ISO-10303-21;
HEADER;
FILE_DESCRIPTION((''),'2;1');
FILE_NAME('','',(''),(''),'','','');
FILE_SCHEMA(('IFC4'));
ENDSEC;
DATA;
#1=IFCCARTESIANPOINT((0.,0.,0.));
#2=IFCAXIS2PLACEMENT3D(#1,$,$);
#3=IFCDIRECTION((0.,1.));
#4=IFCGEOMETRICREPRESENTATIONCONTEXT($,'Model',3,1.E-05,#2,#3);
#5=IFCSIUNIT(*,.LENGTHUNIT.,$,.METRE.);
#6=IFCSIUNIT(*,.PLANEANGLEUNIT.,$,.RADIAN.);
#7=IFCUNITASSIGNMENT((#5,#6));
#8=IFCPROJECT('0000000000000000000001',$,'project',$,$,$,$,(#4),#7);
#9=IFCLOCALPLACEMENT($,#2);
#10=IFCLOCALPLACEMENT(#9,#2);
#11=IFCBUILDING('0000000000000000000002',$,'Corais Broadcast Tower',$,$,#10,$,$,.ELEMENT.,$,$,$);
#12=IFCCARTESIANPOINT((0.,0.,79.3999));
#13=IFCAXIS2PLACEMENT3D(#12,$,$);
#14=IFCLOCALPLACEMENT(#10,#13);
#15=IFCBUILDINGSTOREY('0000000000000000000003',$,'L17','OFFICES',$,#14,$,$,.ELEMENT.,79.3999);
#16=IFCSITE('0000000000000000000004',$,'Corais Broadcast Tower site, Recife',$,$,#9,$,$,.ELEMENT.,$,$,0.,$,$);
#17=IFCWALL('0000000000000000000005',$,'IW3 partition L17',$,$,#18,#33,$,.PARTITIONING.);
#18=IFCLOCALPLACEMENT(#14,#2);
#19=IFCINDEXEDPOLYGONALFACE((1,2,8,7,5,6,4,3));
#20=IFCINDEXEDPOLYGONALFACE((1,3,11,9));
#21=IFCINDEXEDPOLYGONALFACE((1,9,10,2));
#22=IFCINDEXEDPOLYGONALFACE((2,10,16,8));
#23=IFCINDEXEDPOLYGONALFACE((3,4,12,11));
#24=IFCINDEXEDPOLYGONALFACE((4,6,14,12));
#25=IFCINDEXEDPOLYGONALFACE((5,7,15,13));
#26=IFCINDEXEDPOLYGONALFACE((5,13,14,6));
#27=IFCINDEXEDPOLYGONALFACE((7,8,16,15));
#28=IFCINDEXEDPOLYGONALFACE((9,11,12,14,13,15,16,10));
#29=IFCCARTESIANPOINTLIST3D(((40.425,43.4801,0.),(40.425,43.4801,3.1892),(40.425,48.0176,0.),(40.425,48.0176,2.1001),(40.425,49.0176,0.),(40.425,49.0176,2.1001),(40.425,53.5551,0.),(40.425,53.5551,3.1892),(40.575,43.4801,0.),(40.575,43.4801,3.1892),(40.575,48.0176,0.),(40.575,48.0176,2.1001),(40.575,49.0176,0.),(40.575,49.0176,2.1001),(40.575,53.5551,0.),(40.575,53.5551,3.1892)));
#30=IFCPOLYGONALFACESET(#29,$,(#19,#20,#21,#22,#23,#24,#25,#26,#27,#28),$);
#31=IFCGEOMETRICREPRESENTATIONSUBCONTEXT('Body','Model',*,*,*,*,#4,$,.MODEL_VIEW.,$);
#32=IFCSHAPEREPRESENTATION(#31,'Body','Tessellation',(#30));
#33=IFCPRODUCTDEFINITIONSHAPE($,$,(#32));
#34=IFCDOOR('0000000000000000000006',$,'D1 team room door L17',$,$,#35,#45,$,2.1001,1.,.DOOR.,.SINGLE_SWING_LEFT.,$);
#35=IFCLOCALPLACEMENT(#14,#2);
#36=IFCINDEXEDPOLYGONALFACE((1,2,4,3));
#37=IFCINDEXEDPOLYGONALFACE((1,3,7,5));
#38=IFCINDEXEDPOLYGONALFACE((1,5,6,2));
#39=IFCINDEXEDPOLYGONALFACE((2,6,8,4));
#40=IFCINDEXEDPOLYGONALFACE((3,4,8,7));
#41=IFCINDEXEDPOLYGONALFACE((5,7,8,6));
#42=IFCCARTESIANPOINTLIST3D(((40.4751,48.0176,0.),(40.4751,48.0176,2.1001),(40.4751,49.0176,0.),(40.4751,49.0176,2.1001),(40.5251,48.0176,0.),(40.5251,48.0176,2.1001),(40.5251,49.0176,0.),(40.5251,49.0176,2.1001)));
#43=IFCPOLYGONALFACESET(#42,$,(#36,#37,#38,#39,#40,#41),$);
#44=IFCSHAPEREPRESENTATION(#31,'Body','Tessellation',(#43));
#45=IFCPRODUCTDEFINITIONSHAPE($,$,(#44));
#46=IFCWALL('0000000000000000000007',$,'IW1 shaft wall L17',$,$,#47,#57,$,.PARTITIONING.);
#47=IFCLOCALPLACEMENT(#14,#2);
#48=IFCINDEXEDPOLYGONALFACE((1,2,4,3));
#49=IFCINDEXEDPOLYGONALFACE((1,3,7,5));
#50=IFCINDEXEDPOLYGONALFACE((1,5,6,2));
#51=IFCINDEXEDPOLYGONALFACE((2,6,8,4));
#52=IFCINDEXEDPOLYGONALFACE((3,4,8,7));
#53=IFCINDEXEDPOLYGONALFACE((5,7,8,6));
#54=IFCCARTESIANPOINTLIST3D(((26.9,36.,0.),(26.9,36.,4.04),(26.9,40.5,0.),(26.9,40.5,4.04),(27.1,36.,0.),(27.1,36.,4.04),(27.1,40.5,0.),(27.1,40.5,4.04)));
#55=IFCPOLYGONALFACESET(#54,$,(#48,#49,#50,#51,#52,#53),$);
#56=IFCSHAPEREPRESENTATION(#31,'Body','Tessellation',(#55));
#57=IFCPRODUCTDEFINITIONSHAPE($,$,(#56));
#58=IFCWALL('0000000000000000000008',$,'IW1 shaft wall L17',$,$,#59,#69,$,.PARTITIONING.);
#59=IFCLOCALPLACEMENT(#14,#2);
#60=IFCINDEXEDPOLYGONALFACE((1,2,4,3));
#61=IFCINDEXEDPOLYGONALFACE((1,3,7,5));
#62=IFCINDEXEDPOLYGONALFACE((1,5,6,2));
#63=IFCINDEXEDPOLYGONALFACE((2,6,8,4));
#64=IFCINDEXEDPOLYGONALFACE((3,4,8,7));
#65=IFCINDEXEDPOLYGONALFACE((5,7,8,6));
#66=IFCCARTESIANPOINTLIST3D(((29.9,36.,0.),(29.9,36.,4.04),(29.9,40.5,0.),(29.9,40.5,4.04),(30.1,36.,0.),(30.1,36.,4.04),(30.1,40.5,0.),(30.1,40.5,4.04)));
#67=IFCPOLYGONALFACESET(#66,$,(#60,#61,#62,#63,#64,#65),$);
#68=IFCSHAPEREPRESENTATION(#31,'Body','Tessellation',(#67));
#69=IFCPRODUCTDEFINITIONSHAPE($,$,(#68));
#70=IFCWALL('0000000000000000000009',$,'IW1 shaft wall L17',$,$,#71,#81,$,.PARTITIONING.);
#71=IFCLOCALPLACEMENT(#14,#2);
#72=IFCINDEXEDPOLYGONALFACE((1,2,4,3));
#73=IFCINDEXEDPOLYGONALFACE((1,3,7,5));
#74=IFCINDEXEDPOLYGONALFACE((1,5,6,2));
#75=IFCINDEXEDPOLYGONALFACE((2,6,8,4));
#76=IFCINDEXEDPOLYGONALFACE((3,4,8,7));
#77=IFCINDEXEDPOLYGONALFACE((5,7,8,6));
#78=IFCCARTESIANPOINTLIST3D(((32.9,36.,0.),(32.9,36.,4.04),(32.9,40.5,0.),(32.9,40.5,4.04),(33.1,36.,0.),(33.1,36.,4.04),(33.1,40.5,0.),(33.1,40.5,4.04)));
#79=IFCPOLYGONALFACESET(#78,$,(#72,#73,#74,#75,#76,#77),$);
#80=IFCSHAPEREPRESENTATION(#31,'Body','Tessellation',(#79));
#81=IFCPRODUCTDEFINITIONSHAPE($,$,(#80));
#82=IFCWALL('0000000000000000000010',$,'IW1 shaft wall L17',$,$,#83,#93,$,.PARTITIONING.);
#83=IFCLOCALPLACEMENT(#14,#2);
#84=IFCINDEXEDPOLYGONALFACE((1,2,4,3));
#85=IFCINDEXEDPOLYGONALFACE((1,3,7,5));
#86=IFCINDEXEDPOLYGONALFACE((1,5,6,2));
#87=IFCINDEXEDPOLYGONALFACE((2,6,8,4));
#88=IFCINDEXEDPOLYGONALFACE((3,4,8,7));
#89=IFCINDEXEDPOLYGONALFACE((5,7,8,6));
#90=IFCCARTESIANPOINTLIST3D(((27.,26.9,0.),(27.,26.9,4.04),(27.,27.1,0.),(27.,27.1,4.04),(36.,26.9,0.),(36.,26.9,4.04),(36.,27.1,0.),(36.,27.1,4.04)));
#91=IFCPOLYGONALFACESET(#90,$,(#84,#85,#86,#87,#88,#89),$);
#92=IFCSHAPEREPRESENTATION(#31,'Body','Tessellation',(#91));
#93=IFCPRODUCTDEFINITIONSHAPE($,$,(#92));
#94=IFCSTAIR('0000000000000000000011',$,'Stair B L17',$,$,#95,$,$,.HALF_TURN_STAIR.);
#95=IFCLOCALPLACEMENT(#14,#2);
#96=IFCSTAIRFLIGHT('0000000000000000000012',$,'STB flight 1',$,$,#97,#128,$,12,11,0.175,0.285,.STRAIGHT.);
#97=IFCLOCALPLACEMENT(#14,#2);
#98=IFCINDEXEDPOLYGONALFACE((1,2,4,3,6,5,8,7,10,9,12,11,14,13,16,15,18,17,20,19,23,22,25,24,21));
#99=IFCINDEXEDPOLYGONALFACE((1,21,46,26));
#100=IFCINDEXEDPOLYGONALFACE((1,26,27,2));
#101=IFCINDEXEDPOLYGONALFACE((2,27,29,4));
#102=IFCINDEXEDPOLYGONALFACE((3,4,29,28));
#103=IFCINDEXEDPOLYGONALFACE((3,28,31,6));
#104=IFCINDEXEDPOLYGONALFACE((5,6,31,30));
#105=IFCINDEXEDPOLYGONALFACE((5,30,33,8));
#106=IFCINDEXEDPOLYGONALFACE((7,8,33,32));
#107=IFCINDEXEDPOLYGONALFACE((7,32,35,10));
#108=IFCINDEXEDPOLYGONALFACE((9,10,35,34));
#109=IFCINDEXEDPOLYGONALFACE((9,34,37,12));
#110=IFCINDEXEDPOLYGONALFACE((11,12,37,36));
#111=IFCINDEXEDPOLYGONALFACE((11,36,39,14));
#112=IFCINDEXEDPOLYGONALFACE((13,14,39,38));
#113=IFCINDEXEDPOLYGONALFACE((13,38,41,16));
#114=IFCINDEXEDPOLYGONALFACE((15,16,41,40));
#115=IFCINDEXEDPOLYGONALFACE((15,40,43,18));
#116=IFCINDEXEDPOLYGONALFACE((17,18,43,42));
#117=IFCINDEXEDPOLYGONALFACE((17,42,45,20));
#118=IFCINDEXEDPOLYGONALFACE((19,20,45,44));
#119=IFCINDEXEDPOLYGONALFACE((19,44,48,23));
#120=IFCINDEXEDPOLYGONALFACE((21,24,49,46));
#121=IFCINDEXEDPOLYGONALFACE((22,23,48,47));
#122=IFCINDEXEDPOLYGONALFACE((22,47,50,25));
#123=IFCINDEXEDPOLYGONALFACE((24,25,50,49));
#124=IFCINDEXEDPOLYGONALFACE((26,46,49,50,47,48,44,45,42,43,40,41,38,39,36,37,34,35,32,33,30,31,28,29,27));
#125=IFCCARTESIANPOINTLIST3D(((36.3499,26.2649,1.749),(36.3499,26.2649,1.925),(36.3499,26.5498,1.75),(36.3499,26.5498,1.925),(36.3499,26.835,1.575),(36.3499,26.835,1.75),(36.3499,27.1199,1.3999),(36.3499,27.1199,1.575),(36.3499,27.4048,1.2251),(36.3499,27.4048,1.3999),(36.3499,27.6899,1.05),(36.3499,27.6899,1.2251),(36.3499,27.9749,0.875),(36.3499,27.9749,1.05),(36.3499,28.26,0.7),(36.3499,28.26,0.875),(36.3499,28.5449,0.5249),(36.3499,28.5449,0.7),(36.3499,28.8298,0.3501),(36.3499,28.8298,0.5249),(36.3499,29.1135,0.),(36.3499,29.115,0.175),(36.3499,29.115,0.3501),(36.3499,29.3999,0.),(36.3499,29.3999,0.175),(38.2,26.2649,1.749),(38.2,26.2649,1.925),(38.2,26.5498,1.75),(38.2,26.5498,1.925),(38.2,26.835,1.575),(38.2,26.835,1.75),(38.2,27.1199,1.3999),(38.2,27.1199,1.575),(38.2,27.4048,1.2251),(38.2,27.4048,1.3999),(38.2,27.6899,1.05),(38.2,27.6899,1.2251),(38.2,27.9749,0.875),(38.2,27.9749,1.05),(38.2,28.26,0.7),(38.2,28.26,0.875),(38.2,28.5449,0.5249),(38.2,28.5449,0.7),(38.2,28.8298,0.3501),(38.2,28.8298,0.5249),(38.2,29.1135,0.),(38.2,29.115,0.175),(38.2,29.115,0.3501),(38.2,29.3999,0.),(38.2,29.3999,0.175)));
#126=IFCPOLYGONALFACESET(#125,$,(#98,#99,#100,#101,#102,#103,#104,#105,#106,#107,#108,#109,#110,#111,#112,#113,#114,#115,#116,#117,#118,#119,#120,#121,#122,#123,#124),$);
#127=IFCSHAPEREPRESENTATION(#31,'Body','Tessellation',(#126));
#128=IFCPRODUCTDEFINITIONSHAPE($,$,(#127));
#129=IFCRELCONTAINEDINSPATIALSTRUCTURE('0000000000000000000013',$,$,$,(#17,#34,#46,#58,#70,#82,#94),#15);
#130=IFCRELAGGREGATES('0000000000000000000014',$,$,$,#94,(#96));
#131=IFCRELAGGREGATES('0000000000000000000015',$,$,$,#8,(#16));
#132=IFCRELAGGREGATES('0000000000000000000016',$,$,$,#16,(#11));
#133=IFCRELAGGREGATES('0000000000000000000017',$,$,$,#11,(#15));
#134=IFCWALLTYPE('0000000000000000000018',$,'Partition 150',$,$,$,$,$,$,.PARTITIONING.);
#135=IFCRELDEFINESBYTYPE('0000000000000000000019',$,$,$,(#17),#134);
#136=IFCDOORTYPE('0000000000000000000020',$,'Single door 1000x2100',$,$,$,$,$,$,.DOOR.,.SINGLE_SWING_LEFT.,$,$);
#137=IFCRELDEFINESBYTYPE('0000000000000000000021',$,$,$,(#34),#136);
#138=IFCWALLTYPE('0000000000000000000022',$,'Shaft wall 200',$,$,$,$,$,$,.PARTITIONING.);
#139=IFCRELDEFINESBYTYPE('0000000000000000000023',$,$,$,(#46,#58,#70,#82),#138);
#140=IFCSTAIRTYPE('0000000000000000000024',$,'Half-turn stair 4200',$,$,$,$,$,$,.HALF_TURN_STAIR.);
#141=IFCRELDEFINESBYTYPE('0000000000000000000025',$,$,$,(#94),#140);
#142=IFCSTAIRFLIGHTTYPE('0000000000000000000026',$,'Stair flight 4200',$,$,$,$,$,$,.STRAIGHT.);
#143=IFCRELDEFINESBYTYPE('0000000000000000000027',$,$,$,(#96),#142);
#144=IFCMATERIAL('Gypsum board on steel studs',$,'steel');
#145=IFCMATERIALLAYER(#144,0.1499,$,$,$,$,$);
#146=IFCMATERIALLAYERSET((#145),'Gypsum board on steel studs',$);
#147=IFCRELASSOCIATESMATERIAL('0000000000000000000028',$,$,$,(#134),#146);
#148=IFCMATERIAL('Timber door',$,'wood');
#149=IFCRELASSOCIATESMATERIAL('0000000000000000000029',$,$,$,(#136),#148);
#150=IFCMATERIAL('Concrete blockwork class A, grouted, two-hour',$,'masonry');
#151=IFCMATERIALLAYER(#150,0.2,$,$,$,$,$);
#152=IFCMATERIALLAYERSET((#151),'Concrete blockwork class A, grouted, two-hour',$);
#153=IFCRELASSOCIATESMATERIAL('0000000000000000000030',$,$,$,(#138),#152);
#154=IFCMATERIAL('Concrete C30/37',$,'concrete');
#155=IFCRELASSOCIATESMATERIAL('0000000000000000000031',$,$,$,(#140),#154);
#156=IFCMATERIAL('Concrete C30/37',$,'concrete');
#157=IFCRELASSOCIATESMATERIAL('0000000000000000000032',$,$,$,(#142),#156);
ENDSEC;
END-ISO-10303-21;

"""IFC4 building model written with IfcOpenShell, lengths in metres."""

from ifc_helpers import new_model, si_unit, direction, frame, frame_2d, origin, place, context, subcontext, project, spatial, polyline, rectangle, outline, extrude, material, layer, layer_set, type_object, element, fill, aggregate, save


model = new_model("IFC4")

# Units and contexts
model_context = context("Model", 3, precision=1e-05, world=origin(), true_north=direction((0.0, 1.0)))
body_context = subcontext(model_context, "Body", "Model", "MODEL_VIEW")
ifc_project = project(units=[si_unit("LENGTHUNIT", "METRE"), si_unit("PLANEANGLEUNIT", "RADIAN")], contexts=[model_context])

# Site, building, storey
site_placement = place(None, origin())
site = spatial("IfcSite", under=ifc_project, at=site_placement, Name="Corais Broadcast Tower site, Recife", CompositionType="ELEMENT", RefElevation=0.0)
building_placement = place(site_placement, origin())
building = spatial("IfcBuilding", under=site, at=building_placement, Name="Corais Broadcast Tower", CompositionType="ELEMENT")
storey_placement = place(building_placement, frame((0.0, 0.0, 79.3999)))
storey = spatial("IfcBuildingStorey", under=building, at=storey_placement, Name="L17", Description="OFFICES", CompositionType="ELEMENT", Elevation=79.3999)

# Shared definitions
ifc_material_1 = material(Name="Gypsum board on steel studs", Category="steel")
ifc_layer_1 = layer(ifc_material_1, 0.1499)
ifc_layer_set_1 = layer_set([ifc_layer_1], Name="Gypsum board on steel studs")
wall_type_1 = type_object("IfcWallType", Name="Partition 150", PredefinedType="PARTITIONING", material=ifc_layer_set_1)

# Shared definitions
ifc_material_2 = material(Name="Timber door", Category="wood")
door_type = type_object("IfcDoorType", Name="Single door 1000x2100", OperationType="SINGLE_SWING_LEFT", PredefinedType="DOOR", material=ifc_material_2)

# Wall, opening, door
wall_1_placement = place(storey_placement, frame((40.5, 43.48, 0.0), z_axis=(0.0, 0.0, 1.0), x_axis=(0.0, 1.0, 0.0)))
wall_1 = element("IfcWall", 1, at=wall_1_placement, inside=storey, type_object=wall_type_1, Name="IW3 partition L17", PredefinedType="PARTITIONING", context=body_context, shape_type="SweptSolid", body=[
    extrude(rectangle(XDim=10.075, YDim=0.1499, at=frame_2d((5.0376, 0.0))), origin(), (0.0, 0.0, 1.0), 3.1892),
])
opening_1_placement = place(wall_1_placement, frame((4.5376, 0.0, 0.0)))
opening_1 = element("IfcOpeningElement", 2, at=opening_1_placement, cuts=wall_1, PredefinedType="OPENING", context=body_context, shape_type="SweptSolid", body=[
    extrude(rectangle(XDim=1.0, YDim=2.1001, at=frame_2d((0.5, 1.05))), frame((0.0, 0.085, 0.0), z_axis=(0.0, -1.0, 0.0), x_axis=(1.0, 0.0, 0.0)), (0.0, 0.0, 1.0), 0.1699),
])
door_1_placement = place(opening_1_placement, origin())
door_1 = element("IfcDoor", 3, at=door_1_placement, inside=storey, type_object=door_type, Name="D1 team room door L17", OperationType="SINGLE_SWING_LEFT", OverallHeight=2.1001, OverallWidth=1.0, PredefinedType="DOOR", context=body_context, shape_type="SweptSolid", body=[
    extrude(rectangle(XDim=1.0, YDim=2.1001, at=frame_2d((0.5, 1.05))), frame((0.0, 0.0249, 0.0), z_axis=(0.0, -1.0, 0.0), x_axis=(1.0, 0.0, 0.0)), (0.0, 0.0, 1.0), 0.05),
])
fill(opening_1, door_1)

# Walls
ifc_material_3 = material(Name="Concrete blockwork class A, grouted, two-hour", Category="masonry")
ifc_layer_2 = layer(ifc_material_3, 0.2)
ifc_layer_set_2 = layer_set([ifc_layer_2], Name="Concrete blockwork class A, grouted, two-hour")
wall_type_2 = type_object("IfcWallType", Name="Shaft wall 200", PredefinedType="PARTITIONING", material=ifc_layer_set_2)
for number, where, z_axis, x_axis, name in (
    (4, (27.0, 36.0, 0.0), (0.0, 0.0, 1.0), (0.0, 1.0, 0.0), "IW1 shaft wall L17"),
    (5, (30.0, 36.0, 0.0), (0.0, 0.0, 1.0), (0.0, 1.0, 0.0), "IW1 shaft wall L17"),
    (6, (33.0, 36.0, 0.0), (0.0, 0.0, 1.0), (0.0, 1.0, 0.0), "IW1 shaft wall L17"),
):
    element("IfcWall", number, at=place(storey_placement, frame(where, z_axis=z_axis, x_axis=x_axis)), inside=storey, type_object=wall_type_2, Name=name, PredefinedType="PARTITIONING", context=body_context, shape_type="SweptSolid", body=[
        extrude(rectangle(XDim=4.5, YDim=0.2, at=frame_2d((2.25, 0.0))), origin(), (0.0, 0.0, 1.0), 4.04),
    ])
wall_2_placement = place(storey_placement, frame((27.0, 27.0, 0.0), z_axis=(0.0, 0.0, 1.0), x_axis=(1.0, 0.0, 0.0)))
element("IfcWall", 7, at=wall_2_placement, inside=storey, type_object=wall_type_2, Name="IW1 shaft wall L17", PredefinedType="PARTITIONING", context=body_context, shape_type="SweptSolid", body=[
    extrude(rectangle(XDim=9.0, YDim=0.2, at=frame_2d((4.5, 0.0))), origin(), (0.0, 0.0, 1.0), 4.04),
])

# Stair, stair flight
ifc_material_4 = material(Name="Concrete C30/37", Category="concrete")
stair_type = type_object("IfcStairType", Name="Half-turn stair 4200", PredefinedType="HALF_TURN_STAIR", material=ifc_material_4)
stair_placement = place(storey_placement, origin())
stair = element("IfcStair", 8, at=stair_placement, inside=storey, type_object=stair_type, Name="Stair B L17", PredefinedType="HALF_TURN_STAIR")
ifc_material_5 = material(Name="Concrete C30/37", Category="concrete")
stair_flight_type = type_object("IfcStairFlightType", Name="Stair flight 4200", PredefinedType="STRAIGHT", material=ifc_material_5)
stair_flight_placement = place(storey_placement, frame((37.2749, 29.3999, 0.0), z_axis=(0.0, 0.0, 1.0), x_axis=(0.0, -1.0, 0.0)))
stair_flight = element("IfcStairFlight", 9, at=stair_flight_placement, type_object=stair_flight_type, Name="STB flight 1", NumberOfRisers=12, NumberOfTreads=11, PredefinedType="STRAIGHT", RiserHeight=0.175, TreadLength=0.285, context=body_context, shape_type="SweptSolid", body=[
    extrude(outline(polyline([(0.0, 0.0), (0.0, 0.175), (0.2849, 0.175), (0.2849, 0.3501), (0.5701, 0.3501), (0.5701, 0.5249), (0.855, 0.5249), (0.855, 0.7), (1.1399, 0.7), (1.1399, 0.875), (1.425, 0.875), (1.425, 1.05), (1.71, 1.05), (1.71, 1.2251), (1.9951, 1.2251), (1.9951, 1.3999), (2.28, 1.3999), (2.28, 1.575), (2.5649, 1.575), (2.5649, 1.75), (2.8501, 1.75), (2.8501, 1.925), (3.135, 1.925), (3.135, 2.1001), (3.135, 1.749), (0.2864, 0.0), (0.0, 0.0)])), frame((0.0, 0.925, 0.0), z_axis=(0.0, -1.0, 0.0), x_axis=(1.0, 0.0, 0.0)), (0.0, 0.0, 1.0), 1.8501),
])
aggregate(stair, [stair_flight])

save(model, "model.ifc")
